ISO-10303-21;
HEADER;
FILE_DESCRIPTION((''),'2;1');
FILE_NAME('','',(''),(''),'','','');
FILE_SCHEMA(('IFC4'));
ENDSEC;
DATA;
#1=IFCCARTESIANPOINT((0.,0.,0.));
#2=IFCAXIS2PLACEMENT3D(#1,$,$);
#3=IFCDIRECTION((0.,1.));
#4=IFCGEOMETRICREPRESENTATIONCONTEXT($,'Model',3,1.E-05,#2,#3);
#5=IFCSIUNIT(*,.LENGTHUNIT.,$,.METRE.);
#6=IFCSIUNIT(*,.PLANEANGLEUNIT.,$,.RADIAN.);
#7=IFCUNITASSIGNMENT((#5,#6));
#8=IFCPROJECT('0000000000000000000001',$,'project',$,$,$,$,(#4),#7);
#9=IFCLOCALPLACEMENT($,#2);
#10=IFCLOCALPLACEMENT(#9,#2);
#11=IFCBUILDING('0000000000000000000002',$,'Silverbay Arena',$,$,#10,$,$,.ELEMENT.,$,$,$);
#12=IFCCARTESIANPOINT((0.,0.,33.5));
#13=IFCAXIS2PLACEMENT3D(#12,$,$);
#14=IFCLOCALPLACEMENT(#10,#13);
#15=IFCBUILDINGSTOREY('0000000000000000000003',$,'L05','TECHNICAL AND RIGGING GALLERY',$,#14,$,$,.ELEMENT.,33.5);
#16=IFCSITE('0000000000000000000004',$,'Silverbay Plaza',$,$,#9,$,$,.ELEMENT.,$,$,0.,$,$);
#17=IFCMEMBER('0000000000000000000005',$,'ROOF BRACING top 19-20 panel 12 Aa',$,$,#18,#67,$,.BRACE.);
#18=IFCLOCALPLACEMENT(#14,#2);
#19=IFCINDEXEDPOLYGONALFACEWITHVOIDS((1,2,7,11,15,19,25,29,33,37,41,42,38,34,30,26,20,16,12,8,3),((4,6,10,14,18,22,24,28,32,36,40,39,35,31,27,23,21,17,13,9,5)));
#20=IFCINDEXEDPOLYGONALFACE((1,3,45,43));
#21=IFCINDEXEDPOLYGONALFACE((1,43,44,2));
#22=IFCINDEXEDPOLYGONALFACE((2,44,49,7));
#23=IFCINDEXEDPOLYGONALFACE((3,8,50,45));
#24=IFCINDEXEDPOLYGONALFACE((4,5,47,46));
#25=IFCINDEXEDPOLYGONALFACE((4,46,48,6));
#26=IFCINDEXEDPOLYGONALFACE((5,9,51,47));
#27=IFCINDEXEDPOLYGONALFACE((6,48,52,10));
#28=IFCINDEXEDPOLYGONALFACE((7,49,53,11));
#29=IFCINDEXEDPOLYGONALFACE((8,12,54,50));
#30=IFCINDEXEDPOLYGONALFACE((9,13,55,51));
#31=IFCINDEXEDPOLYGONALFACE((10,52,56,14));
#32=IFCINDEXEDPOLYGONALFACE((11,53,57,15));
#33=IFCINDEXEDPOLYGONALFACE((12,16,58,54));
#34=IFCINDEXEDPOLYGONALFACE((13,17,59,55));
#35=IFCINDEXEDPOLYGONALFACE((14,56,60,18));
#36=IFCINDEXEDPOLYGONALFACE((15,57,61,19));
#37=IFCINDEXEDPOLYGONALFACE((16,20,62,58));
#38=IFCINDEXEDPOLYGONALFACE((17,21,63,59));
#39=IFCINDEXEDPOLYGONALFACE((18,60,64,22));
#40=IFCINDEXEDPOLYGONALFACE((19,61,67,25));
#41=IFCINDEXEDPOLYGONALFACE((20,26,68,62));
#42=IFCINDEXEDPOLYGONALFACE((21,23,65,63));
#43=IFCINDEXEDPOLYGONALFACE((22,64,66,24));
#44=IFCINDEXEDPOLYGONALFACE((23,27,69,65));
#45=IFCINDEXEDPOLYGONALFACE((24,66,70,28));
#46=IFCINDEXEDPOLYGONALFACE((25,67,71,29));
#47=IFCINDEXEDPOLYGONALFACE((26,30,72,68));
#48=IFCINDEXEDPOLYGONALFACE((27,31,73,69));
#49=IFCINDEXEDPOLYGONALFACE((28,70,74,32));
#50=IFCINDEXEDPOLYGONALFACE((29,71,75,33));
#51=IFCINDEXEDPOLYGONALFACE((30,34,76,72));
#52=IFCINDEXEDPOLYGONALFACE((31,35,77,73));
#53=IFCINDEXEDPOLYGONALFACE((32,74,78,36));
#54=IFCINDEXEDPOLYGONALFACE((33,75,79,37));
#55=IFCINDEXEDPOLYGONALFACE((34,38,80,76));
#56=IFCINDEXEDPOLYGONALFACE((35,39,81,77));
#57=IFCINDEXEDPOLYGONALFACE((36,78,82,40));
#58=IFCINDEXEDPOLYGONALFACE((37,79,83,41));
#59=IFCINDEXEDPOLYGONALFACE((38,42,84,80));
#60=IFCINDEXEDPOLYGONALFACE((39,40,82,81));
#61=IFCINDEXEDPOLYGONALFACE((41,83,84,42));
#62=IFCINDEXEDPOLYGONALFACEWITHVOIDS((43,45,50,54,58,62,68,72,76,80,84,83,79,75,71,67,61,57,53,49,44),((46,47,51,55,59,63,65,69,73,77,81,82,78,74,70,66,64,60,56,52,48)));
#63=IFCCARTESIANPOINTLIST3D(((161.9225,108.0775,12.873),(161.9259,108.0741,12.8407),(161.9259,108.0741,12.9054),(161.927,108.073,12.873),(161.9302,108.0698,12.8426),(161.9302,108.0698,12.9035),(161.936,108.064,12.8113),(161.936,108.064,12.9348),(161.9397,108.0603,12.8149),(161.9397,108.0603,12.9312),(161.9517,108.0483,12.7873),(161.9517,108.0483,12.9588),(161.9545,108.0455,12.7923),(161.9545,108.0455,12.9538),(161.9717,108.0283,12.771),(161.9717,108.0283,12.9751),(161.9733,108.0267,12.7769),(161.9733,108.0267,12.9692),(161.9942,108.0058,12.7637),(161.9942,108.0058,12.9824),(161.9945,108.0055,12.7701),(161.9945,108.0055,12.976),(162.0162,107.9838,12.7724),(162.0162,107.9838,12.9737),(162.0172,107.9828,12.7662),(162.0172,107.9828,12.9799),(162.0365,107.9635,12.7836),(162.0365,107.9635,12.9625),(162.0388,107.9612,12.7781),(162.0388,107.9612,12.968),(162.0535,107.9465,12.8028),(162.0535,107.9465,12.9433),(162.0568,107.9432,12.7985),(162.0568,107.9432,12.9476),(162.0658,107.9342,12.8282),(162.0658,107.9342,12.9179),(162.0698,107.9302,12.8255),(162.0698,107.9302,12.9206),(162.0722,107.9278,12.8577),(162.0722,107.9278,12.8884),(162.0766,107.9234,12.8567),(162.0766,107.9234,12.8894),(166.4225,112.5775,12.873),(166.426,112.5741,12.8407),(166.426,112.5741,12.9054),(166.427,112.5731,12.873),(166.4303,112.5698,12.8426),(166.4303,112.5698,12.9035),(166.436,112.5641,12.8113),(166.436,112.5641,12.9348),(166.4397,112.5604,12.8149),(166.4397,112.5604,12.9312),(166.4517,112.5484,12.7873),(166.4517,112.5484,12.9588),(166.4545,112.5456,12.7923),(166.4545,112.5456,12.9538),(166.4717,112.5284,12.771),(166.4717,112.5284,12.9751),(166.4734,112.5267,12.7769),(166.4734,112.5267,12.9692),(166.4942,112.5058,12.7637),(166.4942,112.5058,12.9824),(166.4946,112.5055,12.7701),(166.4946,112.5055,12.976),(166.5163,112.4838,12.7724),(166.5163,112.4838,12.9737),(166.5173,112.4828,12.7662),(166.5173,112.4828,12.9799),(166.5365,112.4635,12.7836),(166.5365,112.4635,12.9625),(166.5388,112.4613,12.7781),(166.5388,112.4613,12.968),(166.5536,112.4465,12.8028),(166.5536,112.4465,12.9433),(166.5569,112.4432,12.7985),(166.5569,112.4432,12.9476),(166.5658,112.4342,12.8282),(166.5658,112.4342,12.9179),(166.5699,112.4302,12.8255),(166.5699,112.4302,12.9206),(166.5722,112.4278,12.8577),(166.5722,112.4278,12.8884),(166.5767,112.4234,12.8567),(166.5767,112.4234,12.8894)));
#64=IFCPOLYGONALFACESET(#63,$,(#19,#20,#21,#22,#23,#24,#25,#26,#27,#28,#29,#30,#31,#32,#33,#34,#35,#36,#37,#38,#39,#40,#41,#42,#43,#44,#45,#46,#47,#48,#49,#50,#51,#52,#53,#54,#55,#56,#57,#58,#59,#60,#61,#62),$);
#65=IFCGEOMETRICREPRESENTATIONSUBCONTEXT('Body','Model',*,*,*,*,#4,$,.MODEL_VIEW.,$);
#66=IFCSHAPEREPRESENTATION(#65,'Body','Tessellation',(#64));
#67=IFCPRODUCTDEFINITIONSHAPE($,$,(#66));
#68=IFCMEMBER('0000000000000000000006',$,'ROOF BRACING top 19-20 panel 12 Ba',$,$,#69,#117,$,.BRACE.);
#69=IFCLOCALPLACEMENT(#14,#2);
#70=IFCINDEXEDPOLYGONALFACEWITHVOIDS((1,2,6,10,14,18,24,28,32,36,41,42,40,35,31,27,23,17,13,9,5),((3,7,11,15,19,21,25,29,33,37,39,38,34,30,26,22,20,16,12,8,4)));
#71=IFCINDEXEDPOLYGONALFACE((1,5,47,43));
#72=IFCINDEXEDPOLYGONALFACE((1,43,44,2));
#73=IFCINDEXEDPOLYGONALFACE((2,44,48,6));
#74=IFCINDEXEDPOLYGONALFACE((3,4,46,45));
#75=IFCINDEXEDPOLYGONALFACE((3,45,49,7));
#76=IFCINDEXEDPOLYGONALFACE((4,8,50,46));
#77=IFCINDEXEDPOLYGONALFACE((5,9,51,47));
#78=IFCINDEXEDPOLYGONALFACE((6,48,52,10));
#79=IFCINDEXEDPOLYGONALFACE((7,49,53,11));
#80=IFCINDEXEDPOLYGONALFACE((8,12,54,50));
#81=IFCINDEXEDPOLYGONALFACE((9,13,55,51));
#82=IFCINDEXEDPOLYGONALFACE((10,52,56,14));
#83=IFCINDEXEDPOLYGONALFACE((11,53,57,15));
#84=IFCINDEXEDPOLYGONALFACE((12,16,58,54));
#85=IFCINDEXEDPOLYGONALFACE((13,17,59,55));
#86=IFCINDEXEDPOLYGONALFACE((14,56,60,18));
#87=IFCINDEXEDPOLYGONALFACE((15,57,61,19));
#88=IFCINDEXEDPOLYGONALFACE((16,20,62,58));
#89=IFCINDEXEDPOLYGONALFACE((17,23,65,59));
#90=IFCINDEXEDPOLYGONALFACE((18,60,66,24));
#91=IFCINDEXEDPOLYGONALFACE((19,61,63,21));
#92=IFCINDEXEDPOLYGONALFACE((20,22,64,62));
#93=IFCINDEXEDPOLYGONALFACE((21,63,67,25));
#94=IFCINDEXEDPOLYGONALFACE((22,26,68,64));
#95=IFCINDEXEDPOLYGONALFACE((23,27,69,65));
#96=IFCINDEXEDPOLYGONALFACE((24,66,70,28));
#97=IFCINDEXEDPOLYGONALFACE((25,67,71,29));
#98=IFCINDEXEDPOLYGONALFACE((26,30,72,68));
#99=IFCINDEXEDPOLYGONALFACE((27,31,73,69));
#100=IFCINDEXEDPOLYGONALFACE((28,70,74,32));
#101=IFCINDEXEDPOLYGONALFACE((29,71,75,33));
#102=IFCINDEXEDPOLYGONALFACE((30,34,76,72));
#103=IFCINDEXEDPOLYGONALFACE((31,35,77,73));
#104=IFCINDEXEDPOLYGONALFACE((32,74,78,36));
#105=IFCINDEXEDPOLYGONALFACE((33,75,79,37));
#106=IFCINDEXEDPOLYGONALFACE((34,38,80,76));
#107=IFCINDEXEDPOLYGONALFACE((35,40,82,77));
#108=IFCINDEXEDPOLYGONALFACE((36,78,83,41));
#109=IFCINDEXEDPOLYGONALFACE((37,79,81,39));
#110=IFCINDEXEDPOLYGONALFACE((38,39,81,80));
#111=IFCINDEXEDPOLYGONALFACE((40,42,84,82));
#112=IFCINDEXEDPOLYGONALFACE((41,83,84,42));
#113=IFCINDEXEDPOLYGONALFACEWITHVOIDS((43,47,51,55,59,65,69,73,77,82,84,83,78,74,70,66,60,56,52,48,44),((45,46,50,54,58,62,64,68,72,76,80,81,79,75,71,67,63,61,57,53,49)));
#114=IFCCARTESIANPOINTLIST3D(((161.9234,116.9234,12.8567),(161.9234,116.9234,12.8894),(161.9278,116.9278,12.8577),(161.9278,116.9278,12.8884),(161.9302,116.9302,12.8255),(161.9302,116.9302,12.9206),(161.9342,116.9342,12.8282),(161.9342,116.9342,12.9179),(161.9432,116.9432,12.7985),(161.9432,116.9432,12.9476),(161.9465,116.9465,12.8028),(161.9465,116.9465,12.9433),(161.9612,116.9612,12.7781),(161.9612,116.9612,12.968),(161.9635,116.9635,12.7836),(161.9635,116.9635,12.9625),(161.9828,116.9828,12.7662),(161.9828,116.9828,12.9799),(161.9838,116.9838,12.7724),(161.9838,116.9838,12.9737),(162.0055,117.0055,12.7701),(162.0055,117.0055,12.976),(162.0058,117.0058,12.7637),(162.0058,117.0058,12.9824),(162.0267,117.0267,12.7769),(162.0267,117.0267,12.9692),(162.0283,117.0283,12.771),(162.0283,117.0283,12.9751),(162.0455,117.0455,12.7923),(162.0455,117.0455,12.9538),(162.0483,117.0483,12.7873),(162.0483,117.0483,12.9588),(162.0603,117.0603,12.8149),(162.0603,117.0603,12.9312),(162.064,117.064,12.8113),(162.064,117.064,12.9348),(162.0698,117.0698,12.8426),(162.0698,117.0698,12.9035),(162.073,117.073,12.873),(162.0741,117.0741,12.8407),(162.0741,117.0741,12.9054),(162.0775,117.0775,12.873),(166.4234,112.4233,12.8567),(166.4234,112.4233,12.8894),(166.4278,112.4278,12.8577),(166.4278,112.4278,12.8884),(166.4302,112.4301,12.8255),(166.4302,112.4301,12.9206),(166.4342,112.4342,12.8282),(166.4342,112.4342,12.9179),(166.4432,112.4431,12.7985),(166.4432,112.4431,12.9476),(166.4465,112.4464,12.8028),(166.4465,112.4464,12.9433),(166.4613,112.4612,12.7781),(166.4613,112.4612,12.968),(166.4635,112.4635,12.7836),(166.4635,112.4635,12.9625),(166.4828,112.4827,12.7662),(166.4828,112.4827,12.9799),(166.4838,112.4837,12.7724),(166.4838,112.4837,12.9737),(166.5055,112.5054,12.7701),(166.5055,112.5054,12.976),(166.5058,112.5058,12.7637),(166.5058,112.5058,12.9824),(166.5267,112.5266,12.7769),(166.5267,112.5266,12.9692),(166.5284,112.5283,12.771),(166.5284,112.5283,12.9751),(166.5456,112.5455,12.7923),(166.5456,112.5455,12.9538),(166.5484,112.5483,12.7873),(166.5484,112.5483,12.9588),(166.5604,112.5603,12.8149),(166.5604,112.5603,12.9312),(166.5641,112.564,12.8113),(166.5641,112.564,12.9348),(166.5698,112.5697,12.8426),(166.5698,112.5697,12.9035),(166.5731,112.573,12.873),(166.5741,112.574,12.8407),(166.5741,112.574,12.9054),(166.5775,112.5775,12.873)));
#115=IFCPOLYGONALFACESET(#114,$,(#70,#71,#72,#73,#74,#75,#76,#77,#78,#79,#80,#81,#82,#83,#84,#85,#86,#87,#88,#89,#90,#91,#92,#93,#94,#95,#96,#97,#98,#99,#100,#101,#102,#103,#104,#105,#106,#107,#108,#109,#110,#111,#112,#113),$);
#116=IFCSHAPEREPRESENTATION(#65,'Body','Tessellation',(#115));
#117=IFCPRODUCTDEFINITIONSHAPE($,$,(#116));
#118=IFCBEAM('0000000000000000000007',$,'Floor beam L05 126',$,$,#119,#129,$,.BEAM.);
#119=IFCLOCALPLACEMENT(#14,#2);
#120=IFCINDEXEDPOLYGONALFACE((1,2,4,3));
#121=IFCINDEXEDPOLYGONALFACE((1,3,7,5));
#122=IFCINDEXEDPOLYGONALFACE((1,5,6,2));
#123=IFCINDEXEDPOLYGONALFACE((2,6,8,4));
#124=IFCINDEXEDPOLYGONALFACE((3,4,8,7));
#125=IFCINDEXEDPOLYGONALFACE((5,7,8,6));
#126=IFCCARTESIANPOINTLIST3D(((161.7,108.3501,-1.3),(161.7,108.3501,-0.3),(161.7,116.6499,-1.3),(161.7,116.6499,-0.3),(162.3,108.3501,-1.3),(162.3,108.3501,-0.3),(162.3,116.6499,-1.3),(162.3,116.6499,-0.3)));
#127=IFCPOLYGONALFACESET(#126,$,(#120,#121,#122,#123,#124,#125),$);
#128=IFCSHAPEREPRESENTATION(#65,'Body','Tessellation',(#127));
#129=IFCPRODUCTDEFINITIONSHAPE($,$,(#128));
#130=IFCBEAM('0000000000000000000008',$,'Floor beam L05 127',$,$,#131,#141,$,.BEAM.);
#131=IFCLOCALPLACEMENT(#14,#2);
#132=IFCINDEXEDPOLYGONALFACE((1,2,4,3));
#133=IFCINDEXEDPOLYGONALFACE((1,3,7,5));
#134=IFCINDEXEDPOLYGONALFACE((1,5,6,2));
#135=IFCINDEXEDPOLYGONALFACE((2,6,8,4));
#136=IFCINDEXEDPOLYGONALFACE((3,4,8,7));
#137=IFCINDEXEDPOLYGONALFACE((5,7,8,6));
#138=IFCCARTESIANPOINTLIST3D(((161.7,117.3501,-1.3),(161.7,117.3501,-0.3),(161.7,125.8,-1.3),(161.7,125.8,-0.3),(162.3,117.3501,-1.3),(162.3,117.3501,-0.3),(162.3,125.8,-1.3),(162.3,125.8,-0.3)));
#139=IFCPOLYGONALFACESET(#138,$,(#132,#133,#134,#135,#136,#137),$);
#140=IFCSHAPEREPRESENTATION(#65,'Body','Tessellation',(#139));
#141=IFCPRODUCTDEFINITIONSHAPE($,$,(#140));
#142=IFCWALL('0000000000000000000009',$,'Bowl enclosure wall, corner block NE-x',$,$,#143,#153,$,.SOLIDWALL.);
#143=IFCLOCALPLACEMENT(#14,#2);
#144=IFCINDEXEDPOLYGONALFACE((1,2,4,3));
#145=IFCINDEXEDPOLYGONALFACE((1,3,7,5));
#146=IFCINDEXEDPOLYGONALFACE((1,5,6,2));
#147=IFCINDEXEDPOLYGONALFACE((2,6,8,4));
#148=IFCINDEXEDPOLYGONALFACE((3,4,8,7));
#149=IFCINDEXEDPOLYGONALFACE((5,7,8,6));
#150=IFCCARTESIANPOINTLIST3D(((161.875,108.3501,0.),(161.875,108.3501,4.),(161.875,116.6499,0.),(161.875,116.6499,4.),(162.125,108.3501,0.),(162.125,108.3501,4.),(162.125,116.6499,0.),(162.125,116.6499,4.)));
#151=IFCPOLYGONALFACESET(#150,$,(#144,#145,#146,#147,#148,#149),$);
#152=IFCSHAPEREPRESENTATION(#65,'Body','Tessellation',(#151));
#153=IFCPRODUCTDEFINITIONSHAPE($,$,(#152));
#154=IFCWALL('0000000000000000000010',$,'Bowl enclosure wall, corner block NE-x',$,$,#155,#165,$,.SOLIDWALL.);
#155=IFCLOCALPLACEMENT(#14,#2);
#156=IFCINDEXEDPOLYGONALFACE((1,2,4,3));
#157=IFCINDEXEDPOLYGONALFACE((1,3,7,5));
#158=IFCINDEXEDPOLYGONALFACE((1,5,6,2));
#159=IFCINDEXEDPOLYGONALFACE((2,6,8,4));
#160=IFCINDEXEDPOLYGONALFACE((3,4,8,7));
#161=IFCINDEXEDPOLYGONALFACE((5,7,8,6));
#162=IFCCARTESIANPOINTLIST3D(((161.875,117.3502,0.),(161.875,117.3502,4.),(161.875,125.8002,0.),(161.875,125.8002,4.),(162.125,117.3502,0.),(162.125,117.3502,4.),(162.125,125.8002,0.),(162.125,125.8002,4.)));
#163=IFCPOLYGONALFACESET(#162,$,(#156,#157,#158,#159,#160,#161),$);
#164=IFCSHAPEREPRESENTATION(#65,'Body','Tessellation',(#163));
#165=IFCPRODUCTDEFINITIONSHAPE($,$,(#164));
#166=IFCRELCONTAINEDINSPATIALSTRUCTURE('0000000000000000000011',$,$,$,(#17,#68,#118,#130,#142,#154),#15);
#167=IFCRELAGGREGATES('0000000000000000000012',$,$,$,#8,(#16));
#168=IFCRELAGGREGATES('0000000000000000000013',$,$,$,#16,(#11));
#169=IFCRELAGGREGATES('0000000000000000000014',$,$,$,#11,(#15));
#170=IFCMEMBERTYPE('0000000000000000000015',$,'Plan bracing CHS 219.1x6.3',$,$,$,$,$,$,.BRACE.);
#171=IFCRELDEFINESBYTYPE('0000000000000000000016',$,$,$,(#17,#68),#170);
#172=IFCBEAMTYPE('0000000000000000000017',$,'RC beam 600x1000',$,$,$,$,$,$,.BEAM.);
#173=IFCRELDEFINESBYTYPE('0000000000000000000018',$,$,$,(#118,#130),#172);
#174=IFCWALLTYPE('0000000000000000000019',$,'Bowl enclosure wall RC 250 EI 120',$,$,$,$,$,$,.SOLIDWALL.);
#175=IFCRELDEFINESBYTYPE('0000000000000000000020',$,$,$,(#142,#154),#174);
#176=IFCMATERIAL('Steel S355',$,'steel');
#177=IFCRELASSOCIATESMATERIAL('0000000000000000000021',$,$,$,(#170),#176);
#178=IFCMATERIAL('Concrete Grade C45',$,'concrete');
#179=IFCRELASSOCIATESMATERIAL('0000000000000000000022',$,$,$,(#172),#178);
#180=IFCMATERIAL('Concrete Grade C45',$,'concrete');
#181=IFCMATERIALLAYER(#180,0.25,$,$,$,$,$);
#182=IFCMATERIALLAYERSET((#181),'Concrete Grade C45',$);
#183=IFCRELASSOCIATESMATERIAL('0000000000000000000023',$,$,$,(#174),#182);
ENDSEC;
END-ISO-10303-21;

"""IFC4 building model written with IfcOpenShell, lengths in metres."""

from ifc_helpers import new_model, si_unit, direction, frame, frame_2d, origin, origin_2d, place, context, subcontext, project, spatial, rectangle, hollow_circle, extrude, material, layer, layer_set, material_profile, profile_set, type_object, element, save


model = new_model("IFC4")

# Units and contexts
model_context = context("Model", 3, precision=1e-05, world=origin(), true_north=direction((0.0, 1.0)))
body_context = subcontext(model_context, "Body", "Model", "MODEL_VIEW")
ifc_project = project(units=[si_unit("LENGTHUNIT", "METRE"), si_unit("PLANEANGLEUNIT", "RADIAN")], contexts=[model_context])

# Site, building, storey
site_placement = place(None, origin())
site = spatial("IfcSite", under=ifc_project, at=site_placement, Name="Silverbay Plaza", CompositionType="ELEMENT", RefElevation=0.0)
building_placement = place(site_placement, origin())
building = spatial("IfcBuilding", under=site, at=building_placement, Name="Silverbay Arena", CompositionType="ELEMENT")
storey_placement = place(building_placement, frame((0.0, 0.0, 33.5)))
storey = spatial("IfcBuildingStorey", under=building, at=storey_placement, Name="L05", Description="TECHNICAL AND RIGGING GALLERY", CompositionType="ELEMENT", Elevation=33.5)

# Members
ifc_material_1 = material(Name="Steel S355", Category="steel")
ifc_material_profile_1 = material_profile(ifc_material_1, hollow_circle(Radius=0.1096, WallThickness=0.0063, at=origin_2d()), Name="CHS 219.1x6.3")
ifc_profile_set_1 = profile_set([ifc_material_profile_1], Name="Steel S355")
member_type_1 = type_object("IfcMemberType", Name="Plan bracing CHS 219.1x6.3", PredefinedType="BRACE", material=ifc_profile_set_1)
for number, where, z_axis, x_axis, name in (
    (1, (162.0, 108.0, 12.873), (0.707107, 0.707107, 0.0), (-0.707107, 0.707107, 0.0), "ROOF BRACING top 19-20 panel 12 Aa"),
    (2, (162.0, 117.0, 12.873), (0.707107, -0.707107, 0.0), (0.707107, 0.707107, 0.0), "ROOF BRACING top 19-20 panel 12 Ba"),
):
    element("IfcMember", number, at=place(storey_placement, frame(where, z_axis=z_axis, x_axis=x_axis)), inside=storey, type_object=member_type_1, Name=name, PredefinedType="BRACE", context=body_context, shape_type="SweptSolid", body=[
        extrude(hollow_circle(Radius=0.1096, WallThickness=0.0063, at=origin_2d()), origin(), (0.0, 0.0, 1.0), 6.364),
    ])

# Beams
ifc_material_2 = material(Name="Concrete Grade C45", Category="concrete")
ifc_material_profile_2 = material_profile(ifc_material_2, rectangle(XDim=0.6001, YDim=1.0, at=origin_2d()), Name="RC 600x1000")
ifc_profile_set_2 = profile_set([ifc_material_profile_2], Name="Concrete Grade C45")
beam_type = type_object("IfcBeamType", Name="RC beam 600x1000", PredefinedType="BEAM", material=ifc_profile_set_2)
beam_1_placement = place(storey_placement, frame((162.0, 108.3501, -0.8), z_axis=(0.0, 1.0, 0.0), x_axis=(-1.0, 0.0, 0.0)))
element("IfcBeam", 3, at=beam_1_placement, inside=storey, type_object=beam_type, Name="Floor beam L05 126", PredefinedType="BEAM", context=body_context, shape_type="SweptSolid", body=[
    extrude(rectangle(XDim=0.6001, YDim=1.0, at=origin_2d()), origin(), (0.0, 0.0, 1.0), 8.2998),
])
beam_2_placement = place(storey_placement, frame((162.0, 117.3501, -0.8), z_axis=(0.0, 1.0, 0.0), x_axis=(-1.0, 0.0, 0.0)))
element("IfcBeam", 4, at=beam_2_placement, inside=storey, type_object=beam_type, Name="Floor beam L05 127", PredefinedType="BEAM", context=body_context, shape_type="SweptSolid", body=[
    extrude(rectangle(XDim=0.6001, YDim=1.0, at=origin_2d()), origin(), (0.0, 0.0, 1.0), 8.45),
])

# Walls
ifc_material_3 = material(Name="Concrete Grade C45", Category="concrete")
ifc_layer = layer(ifc_material_3, 0.25)
ifc_layer_set = layer_set([ifc_layer], Name="Concrete Grade C45")
wall_type = type_object("IfcWallType", Name="Bowl enclosure wall RC 250 EI 120", PredefinedType="SOLIDWALL", material=ifc_layer_set)
wall_1_placement = place(storey_placement, frame((162.0, 108.3501, 0.0), z_axis=(0.0, 0.0, 1.0), x_axis=(0.0, 1.0, 0.0)))
element("IfcWall", 5, at=wall_1_placement, inside=storey, type_object=wall_type, Name="Bowl enclosure wall, corner block NE-x", PredefinedType="SOLIDWALL", context=body_context, shape_type="SweptSolid", body=[
    extrude(rectangle(XDim=8.2998, YDim=0.25, at=frame_2d((4.1499, 0.0))), origin(), (0.0, 0.0, 1.0), 4.0),
])
wall_2_placement = place(storey_placement, frame((162.0, 117.3501, 0.0), z_axis=(0.0, 0.0, 1.0), x_axis=(0.0, 1.0, 0.0)))
element("IfcWall", 6, at=wall_2_placement, inside=storey, type_object=wall_type, Name="Bowl enclosure wall, corner block NE-x", PredefinedType="SOLIDWALL", context=body_context, shape_type="SweptSolid", body=[
    extrude(rectangle(XDim=8.45, YDim=0.25, at=frame_2d((4.2251, 0.0))), origin(), (0.0, 0.0, 1.0), 4.0),
])

save(model, "model.ifc")
